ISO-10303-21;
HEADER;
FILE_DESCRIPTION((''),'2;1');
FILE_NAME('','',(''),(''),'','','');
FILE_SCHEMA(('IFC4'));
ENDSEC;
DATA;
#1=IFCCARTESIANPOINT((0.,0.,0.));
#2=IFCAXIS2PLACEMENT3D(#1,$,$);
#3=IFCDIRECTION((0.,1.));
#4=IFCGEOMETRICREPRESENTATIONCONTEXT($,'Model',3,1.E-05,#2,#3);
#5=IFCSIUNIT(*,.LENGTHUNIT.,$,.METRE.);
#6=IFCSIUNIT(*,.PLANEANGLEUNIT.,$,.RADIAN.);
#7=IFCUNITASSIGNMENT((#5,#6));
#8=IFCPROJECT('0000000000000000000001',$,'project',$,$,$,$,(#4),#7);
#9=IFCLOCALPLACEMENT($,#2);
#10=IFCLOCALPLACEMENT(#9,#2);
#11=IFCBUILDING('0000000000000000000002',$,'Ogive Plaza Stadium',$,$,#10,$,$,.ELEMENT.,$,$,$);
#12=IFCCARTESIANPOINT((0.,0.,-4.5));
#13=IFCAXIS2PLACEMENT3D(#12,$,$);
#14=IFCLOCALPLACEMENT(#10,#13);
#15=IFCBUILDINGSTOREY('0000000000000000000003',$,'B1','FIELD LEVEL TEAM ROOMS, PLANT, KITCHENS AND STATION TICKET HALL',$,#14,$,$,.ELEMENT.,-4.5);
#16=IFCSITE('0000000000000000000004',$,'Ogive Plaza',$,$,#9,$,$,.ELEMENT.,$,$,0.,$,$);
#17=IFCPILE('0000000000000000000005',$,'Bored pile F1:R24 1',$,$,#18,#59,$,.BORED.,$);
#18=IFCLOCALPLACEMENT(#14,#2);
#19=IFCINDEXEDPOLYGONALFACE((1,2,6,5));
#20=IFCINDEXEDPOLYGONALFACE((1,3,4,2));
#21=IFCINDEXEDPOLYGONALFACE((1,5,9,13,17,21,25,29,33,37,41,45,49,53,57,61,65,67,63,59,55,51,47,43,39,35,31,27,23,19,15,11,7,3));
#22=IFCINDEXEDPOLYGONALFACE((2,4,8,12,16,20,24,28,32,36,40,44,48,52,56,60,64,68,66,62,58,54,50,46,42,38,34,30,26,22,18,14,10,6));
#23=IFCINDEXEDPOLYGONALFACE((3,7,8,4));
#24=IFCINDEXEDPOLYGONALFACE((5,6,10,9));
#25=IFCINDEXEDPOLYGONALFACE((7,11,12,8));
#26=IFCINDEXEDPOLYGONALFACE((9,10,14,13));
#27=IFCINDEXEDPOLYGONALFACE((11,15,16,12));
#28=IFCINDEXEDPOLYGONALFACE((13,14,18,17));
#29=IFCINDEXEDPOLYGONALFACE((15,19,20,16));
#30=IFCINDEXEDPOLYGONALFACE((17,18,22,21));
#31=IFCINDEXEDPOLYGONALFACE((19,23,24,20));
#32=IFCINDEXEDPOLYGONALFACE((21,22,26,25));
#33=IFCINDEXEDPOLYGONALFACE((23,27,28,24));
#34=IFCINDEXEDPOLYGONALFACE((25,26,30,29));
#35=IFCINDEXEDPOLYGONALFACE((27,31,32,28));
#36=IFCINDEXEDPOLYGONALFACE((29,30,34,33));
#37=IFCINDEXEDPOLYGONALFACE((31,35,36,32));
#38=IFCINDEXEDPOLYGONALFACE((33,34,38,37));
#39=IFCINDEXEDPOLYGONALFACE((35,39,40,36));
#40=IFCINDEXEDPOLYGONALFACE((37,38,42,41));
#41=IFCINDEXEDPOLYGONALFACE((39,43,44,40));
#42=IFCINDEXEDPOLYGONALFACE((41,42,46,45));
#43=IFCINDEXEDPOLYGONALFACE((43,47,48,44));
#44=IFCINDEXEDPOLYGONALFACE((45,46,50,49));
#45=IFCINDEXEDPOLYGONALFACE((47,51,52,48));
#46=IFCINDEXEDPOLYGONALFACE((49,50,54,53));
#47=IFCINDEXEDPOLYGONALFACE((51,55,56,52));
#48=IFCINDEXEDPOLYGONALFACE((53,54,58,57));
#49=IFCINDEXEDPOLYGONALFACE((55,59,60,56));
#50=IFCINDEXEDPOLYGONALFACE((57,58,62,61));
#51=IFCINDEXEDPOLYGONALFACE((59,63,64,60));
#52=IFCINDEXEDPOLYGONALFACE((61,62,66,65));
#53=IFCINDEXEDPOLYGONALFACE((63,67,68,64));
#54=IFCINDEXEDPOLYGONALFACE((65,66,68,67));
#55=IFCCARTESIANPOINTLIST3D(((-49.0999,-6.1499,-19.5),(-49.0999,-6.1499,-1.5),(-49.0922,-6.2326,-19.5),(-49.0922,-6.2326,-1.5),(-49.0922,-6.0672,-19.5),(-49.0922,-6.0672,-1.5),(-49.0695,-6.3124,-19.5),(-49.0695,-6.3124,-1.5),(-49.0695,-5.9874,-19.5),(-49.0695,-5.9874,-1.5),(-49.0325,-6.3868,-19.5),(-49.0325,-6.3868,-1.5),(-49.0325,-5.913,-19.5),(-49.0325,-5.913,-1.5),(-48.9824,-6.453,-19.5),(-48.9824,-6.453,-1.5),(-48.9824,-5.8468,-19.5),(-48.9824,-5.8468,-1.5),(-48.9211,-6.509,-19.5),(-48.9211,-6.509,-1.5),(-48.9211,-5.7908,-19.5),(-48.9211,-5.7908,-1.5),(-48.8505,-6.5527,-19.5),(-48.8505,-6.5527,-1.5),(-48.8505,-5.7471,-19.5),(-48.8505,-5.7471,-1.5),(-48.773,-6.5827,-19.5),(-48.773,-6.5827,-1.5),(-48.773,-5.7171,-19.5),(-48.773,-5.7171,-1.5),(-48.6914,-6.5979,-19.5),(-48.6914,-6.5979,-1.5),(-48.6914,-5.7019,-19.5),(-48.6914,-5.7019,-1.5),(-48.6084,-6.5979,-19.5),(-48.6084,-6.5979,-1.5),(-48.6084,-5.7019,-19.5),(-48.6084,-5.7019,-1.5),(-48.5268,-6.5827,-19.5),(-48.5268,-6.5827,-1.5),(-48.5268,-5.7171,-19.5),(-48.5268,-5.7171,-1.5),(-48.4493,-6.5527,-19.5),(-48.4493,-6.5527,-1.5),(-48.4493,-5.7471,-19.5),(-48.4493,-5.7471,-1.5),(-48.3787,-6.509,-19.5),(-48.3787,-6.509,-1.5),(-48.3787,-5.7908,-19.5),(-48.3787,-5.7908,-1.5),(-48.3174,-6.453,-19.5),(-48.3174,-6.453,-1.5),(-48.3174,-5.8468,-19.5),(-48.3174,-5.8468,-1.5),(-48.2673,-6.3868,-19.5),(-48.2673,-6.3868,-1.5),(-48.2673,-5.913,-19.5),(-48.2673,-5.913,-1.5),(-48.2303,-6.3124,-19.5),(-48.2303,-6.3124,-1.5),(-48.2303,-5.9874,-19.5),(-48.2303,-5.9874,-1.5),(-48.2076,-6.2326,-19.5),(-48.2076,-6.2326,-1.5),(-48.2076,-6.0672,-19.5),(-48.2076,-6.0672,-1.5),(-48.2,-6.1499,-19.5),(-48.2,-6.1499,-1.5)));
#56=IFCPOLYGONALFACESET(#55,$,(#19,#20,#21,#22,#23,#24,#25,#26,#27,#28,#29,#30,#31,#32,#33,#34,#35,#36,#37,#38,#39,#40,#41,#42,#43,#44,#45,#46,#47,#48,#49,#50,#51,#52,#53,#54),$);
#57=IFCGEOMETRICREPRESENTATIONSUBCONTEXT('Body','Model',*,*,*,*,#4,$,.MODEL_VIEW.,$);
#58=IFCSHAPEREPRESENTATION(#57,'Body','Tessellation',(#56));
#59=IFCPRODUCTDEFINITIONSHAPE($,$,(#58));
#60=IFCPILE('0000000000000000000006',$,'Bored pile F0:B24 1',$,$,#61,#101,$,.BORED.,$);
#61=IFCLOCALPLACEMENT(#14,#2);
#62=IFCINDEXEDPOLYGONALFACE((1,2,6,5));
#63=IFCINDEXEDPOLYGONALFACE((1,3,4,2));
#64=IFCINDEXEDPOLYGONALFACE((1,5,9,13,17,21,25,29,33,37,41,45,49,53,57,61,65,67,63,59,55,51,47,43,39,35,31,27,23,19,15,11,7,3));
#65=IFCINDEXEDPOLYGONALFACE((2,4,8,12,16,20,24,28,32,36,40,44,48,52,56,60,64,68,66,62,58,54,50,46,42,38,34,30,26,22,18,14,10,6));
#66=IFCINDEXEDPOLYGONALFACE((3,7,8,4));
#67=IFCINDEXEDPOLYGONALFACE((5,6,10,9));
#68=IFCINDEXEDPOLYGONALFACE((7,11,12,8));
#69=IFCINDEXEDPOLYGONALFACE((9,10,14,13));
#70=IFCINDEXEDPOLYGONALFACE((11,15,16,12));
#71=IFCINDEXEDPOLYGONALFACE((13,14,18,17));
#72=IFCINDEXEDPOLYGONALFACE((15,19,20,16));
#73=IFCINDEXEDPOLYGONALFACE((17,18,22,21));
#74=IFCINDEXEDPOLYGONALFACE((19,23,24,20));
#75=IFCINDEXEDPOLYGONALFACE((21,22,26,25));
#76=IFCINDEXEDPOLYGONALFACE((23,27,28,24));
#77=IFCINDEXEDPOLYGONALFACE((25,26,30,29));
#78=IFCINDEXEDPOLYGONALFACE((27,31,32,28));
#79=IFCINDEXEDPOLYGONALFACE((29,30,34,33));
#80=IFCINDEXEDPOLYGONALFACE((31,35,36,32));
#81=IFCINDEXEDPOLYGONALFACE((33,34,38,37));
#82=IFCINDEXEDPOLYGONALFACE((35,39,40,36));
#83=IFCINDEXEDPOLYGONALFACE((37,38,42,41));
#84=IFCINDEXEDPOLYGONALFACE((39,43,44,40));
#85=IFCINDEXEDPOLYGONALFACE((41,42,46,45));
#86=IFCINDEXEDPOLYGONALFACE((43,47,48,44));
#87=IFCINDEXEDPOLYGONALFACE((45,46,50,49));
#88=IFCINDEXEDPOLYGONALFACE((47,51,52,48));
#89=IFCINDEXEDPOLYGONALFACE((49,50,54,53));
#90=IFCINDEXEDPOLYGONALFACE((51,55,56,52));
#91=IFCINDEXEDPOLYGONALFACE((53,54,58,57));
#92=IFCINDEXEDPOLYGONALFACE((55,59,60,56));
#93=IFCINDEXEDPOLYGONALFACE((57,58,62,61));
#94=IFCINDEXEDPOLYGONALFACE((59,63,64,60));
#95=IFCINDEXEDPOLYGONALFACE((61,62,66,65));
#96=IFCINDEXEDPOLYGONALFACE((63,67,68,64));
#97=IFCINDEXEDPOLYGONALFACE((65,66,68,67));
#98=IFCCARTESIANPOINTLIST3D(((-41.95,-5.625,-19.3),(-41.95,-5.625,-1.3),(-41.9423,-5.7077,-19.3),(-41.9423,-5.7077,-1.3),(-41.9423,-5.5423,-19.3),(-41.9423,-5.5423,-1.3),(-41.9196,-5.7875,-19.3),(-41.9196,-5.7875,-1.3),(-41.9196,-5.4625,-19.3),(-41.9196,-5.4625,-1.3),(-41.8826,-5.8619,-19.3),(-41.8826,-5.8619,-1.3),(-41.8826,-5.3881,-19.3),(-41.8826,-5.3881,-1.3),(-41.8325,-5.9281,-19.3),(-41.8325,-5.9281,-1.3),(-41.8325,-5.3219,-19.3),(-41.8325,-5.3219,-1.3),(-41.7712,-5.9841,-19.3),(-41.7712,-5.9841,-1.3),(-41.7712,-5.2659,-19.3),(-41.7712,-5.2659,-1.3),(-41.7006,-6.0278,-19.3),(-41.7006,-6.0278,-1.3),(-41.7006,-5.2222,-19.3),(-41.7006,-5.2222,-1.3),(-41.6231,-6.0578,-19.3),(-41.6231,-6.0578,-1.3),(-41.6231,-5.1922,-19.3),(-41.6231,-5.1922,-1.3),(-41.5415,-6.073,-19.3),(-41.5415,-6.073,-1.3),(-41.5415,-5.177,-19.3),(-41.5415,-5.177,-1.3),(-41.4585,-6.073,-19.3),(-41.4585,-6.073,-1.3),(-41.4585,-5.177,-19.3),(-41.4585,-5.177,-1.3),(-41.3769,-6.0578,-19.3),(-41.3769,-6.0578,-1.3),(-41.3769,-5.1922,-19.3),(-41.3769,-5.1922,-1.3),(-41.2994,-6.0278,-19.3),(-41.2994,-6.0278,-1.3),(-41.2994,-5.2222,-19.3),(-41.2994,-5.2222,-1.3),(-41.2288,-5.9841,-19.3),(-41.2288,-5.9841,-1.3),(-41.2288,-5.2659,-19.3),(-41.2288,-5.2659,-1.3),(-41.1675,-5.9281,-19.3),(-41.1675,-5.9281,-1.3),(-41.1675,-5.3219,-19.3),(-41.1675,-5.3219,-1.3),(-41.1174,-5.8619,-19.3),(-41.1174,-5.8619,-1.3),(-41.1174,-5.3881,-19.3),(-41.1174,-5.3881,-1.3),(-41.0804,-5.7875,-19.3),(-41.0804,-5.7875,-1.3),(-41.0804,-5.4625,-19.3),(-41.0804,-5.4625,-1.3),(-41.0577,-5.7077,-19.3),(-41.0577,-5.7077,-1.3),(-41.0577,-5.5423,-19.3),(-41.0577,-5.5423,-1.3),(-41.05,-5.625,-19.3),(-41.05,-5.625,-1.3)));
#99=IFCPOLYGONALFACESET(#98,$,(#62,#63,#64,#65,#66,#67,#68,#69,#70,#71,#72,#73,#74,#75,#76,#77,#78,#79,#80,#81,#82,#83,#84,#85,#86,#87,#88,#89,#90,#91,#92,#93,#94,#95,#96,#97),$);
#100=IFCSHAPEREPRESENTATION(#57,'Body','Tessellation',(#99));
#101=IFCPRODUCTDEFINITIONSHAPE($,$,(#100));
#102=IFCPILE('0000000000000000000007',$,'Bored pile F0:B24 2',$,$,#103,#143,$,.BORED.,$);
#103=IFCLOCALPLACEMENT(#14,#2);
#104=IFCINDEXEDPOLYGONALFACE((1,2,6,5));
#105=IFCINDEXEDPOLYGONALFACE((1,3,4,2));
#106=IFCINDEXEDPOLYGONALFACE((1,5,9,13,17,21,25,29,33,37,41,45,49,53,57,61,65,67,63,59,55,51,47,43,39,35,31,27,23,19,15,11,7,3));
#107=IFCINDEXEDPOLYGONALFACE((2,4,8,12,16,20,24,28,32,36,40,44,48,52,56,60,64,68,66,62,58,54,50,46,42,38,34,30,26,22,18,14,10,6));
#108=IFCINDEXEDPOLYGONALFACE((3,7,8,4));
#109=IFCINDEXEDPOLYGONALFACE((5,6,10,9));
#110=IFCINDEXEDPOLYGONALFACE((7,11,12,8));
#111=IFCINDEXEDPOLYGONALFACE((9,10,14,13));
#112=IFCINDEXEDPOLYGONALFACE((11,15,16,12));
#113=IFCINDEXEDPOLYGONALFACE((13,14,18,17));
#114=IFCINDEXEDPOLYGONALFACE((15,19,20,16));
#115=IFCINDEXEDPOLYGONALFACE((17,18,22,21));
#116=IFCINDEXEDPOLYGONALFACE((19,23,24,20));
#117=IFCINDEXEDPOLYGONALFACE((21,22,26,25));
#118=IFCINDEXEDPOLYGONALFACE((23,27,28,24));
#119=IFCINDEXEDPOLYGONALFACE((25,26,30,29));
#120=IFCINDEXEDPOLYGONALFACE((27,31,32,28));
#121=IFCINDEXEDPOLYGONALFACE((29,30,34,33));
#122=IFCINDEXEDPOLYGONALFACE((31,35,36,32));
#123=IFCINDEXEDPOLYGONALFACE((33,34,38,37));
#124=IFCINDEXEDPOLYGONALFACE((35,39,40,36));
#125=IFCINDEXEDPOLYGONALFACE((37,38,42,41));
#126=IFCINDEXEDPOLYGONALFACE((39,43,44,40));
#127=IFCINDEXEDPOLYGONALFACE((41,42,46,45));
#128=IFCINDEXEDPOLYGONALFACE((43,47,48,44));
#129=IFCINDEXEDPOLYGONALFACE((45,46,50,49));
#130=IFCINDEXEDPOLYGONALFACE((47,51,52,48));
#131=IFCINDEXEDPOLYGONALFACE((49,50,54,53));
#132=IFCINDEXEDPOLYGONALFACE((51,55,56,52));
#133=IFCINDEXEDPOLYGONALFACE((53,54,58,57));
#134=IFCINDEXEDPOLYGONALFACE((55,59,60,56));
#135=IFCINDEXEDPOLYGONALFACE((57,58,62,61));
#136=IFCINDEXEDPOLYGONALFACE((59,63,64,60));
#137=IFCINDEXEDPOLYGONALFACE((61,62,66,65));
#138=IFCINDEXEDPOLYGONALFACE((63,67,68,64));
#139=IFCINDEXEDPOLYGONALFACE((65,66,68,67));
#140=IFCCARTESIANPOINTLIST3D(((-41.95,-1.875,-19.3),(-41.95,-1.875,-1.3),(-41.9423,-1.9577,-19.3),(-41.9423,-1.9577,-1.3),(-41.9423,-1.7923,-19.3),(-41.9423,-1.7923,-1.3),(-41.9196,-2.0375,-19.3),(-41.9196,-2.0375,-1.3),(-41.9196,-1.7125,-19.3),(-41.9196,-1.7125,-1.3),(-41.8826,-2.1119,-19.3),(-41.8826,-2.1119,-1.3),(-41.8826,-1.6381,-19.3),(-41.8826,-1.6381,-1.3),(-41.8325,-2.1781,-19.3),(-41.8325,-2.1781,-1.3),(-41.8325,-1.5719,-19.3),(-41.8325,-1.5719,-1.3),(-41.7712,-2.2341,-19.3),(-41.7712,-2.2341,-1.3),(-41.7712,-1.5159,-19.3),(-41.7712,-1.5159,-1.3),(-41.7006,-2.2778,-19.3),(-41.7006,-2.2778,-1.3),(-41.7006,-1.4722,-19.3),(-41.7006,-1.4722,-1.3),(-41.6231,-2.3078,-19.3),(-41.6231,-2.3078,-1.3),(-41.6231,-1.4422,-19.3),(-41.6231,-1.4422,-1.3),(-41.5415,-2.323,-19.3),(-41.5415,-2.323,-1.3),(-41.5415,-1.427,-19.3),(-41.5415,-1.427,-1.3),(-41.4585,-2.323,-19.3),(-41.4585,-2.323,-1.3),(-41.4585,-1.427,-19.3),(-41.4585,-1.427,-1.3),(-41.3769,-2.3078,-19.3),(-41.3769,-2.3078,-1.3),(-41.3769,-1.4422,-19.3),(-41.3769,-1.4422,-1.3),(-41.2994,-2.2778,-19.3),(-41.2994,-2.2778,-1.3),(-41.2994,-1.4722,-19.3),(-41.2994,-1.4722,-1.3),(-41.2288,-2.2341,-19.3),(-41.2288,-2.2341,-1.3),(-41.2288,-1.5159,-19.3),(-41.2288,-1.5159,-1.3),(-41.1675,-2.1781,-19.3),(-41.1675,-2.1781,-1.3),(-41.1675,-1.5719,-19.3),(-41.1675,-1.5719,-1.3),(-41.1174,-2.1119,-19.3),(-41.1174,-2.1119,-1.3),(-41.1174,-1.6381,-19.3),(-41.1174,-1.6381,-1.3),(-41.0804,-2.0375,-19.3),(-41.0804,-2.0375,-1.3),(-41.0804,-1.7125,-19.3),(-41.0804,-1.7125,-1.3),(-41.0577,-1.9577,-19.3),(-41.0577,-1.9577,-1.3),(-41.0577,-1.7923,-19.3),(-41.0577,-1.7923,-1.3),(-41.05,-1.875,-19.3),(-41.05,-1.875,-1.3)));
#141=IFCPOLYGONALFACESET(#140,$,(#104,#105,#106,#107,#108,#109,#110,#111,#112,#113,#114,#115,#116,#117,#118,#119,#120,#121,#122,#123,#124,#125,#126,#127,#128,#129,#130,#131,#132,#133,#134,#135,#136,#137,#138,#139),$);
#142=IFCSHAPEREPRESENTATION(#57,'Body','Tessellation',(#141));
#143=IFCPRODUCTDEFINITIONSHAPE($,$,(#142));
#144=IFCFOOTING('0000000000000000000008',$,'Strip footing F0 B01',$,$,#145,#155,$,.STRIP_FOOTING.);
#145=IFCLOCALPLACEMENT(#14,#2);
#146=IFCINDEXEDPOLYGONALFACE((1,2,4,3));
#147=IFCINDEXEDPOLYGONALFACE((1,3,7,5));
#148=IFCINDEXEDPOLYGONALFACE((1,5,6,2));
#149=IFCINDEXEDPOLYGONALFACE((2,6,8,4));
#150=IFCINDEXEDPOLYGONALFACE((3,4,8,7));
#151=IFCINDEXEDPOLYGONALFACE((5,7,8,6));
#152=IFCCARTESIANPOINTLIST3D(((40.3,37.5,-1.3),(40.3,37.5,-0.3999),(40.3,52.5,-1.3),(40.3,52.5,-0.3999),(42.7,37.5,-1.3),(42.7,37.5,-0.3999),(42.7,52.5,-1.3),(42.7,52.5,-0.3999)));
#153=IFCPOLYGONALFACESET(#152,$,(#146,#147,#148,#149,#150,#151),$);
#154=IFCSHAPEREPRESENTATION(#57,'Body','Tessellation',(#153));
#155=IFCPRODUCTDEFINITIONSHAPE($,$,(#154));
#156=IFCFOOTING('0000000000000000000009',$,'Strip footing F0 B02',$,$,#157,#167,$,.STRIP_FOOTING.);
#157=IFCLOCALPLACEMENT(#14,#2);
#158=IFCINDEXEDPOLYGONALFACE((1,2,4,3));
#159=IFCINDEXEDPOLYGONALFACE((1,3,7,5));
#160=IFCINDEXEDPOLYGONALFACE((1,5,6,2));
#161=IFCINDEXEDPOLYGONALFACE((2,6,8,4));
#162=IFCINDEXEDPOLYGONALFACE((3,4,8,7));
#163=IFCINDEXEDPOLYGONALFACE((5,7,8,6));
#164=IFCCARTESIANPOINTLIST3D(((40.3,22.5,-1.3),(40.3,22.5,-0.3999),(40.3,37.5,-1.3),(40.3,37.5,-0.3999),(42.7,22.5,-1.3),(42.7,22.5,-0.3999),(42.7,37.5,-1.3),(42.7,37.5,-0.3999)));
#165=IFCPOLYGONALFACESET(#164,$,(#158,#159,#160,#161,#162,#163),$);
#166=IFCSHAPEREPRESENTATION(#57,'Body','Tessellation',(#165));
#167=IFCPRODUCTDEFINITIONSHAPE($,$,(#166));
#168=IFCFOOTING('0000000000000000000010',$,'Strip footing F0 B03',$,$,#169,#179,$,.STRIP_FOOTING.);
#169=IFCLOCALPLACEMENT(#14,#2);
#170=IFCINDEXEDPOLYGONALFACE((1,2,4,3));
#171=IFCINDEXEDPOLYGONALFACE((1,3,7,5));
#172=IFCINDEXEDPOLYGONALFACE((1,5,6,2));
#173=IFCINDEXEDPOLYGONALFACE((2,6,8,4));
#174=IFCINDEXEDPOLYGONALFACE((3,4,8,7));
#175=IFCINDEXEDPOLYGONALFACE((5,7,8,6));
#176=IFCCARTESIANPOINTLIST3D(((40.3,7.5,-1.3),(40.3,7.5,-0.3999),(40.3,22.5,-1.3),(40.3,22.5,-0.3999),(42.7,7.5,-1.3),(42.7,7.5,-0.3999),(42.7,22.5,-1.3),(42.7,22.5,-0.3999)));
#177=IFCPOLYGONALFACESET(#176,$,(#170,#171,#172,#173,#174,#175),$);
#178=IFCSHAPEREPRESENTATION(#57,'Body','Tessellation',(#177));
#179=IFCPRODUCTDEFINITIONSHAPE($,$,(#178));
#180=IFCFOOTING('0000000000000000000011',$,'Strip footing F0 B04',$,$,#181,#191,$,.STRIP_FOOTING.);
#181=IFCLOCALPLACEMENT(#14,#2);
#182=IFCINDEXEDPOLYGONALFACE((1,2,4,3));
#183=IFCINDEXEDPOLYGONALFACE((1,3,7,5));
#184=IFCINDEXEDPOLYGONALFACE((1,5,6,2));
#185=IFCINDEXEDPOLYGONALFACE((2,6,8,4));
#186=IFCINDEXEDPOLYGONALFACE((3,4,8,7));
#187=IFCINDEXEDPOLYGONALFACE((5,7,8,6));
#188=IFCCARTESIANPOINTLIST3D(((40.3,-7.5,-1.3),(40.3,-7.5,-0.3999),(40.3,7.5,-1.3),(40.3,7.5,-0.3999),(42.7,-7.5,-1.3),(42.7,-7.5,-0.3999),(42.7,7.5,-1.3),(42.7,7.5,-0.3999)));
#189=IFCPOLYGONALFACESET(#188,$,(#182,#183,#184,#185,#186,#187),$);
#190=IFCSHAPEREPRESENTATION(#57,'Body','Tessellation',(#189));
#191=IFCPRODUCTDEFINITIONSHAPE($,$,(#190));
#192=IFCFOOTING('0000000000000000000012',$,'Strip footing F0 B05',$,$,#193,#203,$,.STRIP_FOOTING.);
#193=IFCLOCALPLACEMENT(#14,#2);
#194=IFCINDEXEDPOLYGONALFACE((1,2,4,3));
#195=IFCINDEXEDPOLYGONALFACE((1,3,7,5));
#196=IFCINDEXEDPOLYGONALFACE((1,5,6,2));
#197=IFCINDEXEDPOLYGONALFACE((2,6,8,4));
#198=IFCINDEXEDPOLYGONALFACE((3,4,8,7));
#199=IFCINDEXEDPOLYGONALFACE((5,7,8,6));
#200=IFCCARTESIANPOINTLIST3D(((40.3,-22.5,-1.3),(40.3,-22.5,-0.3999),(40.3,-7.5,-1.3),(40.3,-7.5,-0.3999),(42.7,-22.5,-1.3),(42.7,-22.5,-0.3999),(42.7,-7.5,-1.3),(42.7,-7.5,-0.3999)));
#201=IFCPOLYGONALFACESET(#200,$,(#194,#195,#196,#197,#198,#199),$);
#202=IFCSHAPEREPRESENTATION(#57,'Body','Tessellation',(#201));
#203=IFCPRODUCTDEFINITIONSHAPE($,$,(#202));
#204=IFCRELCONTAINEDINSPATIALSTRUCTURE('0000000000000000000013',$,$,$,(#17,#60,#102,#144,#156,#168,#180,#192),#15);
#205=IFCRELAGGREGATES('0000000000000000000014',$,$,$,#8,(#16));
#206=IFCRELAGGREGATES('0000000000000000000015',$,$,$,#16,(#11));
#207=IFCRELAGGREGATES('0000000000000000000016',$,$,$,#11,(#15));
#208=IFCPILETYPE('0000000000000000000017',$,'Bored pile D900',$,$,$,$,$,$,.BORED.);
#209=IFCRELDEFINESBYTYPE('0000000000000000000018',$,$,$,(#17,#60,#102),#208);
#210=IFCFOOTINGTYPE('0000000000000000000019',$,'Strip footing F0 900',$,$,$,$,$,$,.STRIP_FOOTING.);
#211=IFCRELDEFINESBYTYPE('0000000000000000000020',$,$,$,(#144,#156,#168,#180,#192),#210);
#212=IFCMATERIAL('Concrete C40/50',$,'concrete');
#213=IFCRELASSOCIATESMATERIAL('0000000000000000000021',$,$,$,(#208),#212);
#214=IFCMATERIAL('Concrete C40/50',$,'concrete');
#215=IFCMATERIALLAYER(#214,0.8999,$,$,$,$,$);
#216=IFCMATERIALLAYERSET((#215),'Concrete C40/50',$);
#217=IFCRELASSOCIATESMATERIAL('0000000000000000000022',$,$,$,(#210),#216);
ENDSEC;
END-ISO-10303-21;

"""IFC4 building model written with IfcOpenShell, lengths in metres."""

from ifc_helpers import new_model, si_unit, direction, frame, origin, origin_2d, place, context, subcontext, project, spatial, polyline, circle, outline, extrude, material, layer, layer_set, material_profile, profile_set, type_object, element, save


model = new_model("IFC4")

# Units and contexts
model_context = context("Model", 3, precision=1e-05, world=origin(), true_north=direction((0.0, 1.0)))
body_context = subcontext(model_context, "Body", "Model", "MODEL_VIEW")
ifc_project = project(units=[si_unit("LENGTHUNIT", "METRE"), si_unit("PLANEANGLEUNIT", "RADIAN")], contexts=[model_context])

# Site, building, storey
site_placement = place(None, origin())
site = spatial("IfcSite", under=ifc_project, at=site_placement, Name="Ogive Plaza", CompositionType="ELEMENT", RefElevation=0.0)
building_placement = place(site_placement, origin())
building = spatial("IfcBuilding", under=site, at=building_placement, Name="Ogive Plaza Stadium", CompositionType="ELEMENT")
storey_placement = place(building_placement, frame((0.0, 0.0, -4.5)))
storey = spatial("IfcBuildingStorey", under=building, at=storey_placement, Name="B1", Description="FIELD LEVEL TEAM ROOMS, PLANT, KITCHENS AND STATION TICKET HALL", CompositionType="ELEMENT", Elevation=-4.5)

# Piles
ifc_material_1 = material(Name="Concrete C40/50", Category="concrete")
ifc_material_profile_1 = material_profile(ifc_material_1, circle(Radius=0.45, at=origin_2d()), Name="RC D900")
ifc_profile_set_1 = profile_set([ifc_material_profile_1], Name="Concrete C40/50")
pile_type = type_object("IfcPileType", Name="Bored pile D900", PredefinedType="BORED", material=ifc_profile_set_1)
for number, where, z_axis, x_axis, name in (
    (1, (-48.6499, -6.1499, -1.5), (0.0, 0.0, -1.0), (1.0, 0.0, 0.0), "Bored pile F1:R24 1"),
    (2, (-41.5, -5.625, -1.3), (0.0, 0.0, -1.0), (1.0, 0.0, 0.0), "Bored pile F0:B24 1"),
    (3, (-41.5, -1.875, -1.3), (0.0, 0.0, -1.0), (1.0, 0.0, 0.0), "Bored pile F0:B24 2"),
):
    element("IfcPile", number, at=place(storey_placement, frame(where, z_axis=z_axis, x_axis=x_axis)), inside=storey, type_object=pile_type, Name=name, PredefinedType="BORED", context=body_context, shape_type="SweptSolid", body=[
        extrude(circle(Radius=0.45, at=origin_2d()), origin(), (0.0, 0.0, 1.0), 18.0),
    ])

# Footings
ifc_material_2 = material(Name="Concrete C40/50", Category="concrete")
ifc_layer = layer(ifc_material_2, 0.8999)
ifc_layer_set = layer_set([ifc_layer], Name="Concrete C40/50")
footing_type = type_object("IfcFootingType", Name="Strip footing F0 900", PredefinedType="STRIP_FOOTING", material=ifc_layer_set)
footing_1_placement = place(storey_placement, frame((0.0, 0.0, -1.3)))
element("IfcFooting", 4, at=footing_1_placement, inside=storey, type_object=footing_type, Name="Strip footing F0 B01", PredefinedType="STRIP_FOOTING", context=body_context, shape_type="SweptSolid", body=[
    extrude(outline(polyline([(40.3, 37.5), (42.7, 37.5), (42.7, 52.5), (40.3, 52.5), (40.3, 37.5)])), origin(), (0.0, 0.0, 1.0), 0.9001),
])
footing_2_placement = place(storey_placement, frame((0.0, 0.0, -1.3)))
element("IfcFooting", 5, at=footing_2_placement, inside=storey, type_object=footing_type, Name="Strip footing F0 B02", PredefinedType="STRIP_FOOTING", context=body_context, shape_type="SweptSolid", body=[
    extrude(outline(polyline([(40.3, 22.5), (42.7, 22.5), (42.7, 37.5), (40.3, 37.5), (40.3, 22.5)])), origin(), (0.0, 0.0, 1.0), 0.9001),
])
footing_3_placement = place(storey_placement, frame((0.0, 0.0, -1.3)))
element("IfcFooting", 6, at=footing_3_placement, inside=storey, type_object=footing_type, Name="Strip footing F0 B03", PredefinedType="STRIP_FOOTING", context=body_context, shape_type="SweptSolid", body=[
    extrude(outline(polyline([(40.3, 7.5), (42.7, 7.5), (42.7, 22.5), (40.3, 22.5), (40.3, 7.5)])), origin(), (0.0, 0.0, 1.0), 0.9001),
])
footing_4_placement = place(storey_placement, frame((0.0, 0.0, -1.3)))
element("IfcFooting", 7, at=footing_4_placement, inside=storey, type_object=footing_type, Name="Strip footing F0 B04", PredefinedType="STRIP_FOOTING", context=body_context, shape_type="SweptSolid", body=[
    extrude(outline(polyline([(40.3, -7.5), (42.7, -7.5), (42.7, 7.5), (40.3, 7.5), (40.3, -7.5)])), origin(), (0.0, 0.0, 1.0), 0.9001),
])
footing_5_placement = place(storey_placement, frame((0.0, 0.0, -1.3)))
element("IfcFooting", 8, at=footing_5_placement, inside=storey, type_object=footing_type, Name="Strip footing F0 B05", PredefinedType="STRIP_FOOTING", context=body_context, shape_type="SweptSolid", body=[
    extrude(outline(polyline([(40.3, -22.5), (42.7, -22.5), (42.7, -7.5), (40.3, -7.5), (40.3, -22.5)])), origin(), (0.0, 0.0, 1.0), 0.9001),
])

save(model, "model.ifc")
